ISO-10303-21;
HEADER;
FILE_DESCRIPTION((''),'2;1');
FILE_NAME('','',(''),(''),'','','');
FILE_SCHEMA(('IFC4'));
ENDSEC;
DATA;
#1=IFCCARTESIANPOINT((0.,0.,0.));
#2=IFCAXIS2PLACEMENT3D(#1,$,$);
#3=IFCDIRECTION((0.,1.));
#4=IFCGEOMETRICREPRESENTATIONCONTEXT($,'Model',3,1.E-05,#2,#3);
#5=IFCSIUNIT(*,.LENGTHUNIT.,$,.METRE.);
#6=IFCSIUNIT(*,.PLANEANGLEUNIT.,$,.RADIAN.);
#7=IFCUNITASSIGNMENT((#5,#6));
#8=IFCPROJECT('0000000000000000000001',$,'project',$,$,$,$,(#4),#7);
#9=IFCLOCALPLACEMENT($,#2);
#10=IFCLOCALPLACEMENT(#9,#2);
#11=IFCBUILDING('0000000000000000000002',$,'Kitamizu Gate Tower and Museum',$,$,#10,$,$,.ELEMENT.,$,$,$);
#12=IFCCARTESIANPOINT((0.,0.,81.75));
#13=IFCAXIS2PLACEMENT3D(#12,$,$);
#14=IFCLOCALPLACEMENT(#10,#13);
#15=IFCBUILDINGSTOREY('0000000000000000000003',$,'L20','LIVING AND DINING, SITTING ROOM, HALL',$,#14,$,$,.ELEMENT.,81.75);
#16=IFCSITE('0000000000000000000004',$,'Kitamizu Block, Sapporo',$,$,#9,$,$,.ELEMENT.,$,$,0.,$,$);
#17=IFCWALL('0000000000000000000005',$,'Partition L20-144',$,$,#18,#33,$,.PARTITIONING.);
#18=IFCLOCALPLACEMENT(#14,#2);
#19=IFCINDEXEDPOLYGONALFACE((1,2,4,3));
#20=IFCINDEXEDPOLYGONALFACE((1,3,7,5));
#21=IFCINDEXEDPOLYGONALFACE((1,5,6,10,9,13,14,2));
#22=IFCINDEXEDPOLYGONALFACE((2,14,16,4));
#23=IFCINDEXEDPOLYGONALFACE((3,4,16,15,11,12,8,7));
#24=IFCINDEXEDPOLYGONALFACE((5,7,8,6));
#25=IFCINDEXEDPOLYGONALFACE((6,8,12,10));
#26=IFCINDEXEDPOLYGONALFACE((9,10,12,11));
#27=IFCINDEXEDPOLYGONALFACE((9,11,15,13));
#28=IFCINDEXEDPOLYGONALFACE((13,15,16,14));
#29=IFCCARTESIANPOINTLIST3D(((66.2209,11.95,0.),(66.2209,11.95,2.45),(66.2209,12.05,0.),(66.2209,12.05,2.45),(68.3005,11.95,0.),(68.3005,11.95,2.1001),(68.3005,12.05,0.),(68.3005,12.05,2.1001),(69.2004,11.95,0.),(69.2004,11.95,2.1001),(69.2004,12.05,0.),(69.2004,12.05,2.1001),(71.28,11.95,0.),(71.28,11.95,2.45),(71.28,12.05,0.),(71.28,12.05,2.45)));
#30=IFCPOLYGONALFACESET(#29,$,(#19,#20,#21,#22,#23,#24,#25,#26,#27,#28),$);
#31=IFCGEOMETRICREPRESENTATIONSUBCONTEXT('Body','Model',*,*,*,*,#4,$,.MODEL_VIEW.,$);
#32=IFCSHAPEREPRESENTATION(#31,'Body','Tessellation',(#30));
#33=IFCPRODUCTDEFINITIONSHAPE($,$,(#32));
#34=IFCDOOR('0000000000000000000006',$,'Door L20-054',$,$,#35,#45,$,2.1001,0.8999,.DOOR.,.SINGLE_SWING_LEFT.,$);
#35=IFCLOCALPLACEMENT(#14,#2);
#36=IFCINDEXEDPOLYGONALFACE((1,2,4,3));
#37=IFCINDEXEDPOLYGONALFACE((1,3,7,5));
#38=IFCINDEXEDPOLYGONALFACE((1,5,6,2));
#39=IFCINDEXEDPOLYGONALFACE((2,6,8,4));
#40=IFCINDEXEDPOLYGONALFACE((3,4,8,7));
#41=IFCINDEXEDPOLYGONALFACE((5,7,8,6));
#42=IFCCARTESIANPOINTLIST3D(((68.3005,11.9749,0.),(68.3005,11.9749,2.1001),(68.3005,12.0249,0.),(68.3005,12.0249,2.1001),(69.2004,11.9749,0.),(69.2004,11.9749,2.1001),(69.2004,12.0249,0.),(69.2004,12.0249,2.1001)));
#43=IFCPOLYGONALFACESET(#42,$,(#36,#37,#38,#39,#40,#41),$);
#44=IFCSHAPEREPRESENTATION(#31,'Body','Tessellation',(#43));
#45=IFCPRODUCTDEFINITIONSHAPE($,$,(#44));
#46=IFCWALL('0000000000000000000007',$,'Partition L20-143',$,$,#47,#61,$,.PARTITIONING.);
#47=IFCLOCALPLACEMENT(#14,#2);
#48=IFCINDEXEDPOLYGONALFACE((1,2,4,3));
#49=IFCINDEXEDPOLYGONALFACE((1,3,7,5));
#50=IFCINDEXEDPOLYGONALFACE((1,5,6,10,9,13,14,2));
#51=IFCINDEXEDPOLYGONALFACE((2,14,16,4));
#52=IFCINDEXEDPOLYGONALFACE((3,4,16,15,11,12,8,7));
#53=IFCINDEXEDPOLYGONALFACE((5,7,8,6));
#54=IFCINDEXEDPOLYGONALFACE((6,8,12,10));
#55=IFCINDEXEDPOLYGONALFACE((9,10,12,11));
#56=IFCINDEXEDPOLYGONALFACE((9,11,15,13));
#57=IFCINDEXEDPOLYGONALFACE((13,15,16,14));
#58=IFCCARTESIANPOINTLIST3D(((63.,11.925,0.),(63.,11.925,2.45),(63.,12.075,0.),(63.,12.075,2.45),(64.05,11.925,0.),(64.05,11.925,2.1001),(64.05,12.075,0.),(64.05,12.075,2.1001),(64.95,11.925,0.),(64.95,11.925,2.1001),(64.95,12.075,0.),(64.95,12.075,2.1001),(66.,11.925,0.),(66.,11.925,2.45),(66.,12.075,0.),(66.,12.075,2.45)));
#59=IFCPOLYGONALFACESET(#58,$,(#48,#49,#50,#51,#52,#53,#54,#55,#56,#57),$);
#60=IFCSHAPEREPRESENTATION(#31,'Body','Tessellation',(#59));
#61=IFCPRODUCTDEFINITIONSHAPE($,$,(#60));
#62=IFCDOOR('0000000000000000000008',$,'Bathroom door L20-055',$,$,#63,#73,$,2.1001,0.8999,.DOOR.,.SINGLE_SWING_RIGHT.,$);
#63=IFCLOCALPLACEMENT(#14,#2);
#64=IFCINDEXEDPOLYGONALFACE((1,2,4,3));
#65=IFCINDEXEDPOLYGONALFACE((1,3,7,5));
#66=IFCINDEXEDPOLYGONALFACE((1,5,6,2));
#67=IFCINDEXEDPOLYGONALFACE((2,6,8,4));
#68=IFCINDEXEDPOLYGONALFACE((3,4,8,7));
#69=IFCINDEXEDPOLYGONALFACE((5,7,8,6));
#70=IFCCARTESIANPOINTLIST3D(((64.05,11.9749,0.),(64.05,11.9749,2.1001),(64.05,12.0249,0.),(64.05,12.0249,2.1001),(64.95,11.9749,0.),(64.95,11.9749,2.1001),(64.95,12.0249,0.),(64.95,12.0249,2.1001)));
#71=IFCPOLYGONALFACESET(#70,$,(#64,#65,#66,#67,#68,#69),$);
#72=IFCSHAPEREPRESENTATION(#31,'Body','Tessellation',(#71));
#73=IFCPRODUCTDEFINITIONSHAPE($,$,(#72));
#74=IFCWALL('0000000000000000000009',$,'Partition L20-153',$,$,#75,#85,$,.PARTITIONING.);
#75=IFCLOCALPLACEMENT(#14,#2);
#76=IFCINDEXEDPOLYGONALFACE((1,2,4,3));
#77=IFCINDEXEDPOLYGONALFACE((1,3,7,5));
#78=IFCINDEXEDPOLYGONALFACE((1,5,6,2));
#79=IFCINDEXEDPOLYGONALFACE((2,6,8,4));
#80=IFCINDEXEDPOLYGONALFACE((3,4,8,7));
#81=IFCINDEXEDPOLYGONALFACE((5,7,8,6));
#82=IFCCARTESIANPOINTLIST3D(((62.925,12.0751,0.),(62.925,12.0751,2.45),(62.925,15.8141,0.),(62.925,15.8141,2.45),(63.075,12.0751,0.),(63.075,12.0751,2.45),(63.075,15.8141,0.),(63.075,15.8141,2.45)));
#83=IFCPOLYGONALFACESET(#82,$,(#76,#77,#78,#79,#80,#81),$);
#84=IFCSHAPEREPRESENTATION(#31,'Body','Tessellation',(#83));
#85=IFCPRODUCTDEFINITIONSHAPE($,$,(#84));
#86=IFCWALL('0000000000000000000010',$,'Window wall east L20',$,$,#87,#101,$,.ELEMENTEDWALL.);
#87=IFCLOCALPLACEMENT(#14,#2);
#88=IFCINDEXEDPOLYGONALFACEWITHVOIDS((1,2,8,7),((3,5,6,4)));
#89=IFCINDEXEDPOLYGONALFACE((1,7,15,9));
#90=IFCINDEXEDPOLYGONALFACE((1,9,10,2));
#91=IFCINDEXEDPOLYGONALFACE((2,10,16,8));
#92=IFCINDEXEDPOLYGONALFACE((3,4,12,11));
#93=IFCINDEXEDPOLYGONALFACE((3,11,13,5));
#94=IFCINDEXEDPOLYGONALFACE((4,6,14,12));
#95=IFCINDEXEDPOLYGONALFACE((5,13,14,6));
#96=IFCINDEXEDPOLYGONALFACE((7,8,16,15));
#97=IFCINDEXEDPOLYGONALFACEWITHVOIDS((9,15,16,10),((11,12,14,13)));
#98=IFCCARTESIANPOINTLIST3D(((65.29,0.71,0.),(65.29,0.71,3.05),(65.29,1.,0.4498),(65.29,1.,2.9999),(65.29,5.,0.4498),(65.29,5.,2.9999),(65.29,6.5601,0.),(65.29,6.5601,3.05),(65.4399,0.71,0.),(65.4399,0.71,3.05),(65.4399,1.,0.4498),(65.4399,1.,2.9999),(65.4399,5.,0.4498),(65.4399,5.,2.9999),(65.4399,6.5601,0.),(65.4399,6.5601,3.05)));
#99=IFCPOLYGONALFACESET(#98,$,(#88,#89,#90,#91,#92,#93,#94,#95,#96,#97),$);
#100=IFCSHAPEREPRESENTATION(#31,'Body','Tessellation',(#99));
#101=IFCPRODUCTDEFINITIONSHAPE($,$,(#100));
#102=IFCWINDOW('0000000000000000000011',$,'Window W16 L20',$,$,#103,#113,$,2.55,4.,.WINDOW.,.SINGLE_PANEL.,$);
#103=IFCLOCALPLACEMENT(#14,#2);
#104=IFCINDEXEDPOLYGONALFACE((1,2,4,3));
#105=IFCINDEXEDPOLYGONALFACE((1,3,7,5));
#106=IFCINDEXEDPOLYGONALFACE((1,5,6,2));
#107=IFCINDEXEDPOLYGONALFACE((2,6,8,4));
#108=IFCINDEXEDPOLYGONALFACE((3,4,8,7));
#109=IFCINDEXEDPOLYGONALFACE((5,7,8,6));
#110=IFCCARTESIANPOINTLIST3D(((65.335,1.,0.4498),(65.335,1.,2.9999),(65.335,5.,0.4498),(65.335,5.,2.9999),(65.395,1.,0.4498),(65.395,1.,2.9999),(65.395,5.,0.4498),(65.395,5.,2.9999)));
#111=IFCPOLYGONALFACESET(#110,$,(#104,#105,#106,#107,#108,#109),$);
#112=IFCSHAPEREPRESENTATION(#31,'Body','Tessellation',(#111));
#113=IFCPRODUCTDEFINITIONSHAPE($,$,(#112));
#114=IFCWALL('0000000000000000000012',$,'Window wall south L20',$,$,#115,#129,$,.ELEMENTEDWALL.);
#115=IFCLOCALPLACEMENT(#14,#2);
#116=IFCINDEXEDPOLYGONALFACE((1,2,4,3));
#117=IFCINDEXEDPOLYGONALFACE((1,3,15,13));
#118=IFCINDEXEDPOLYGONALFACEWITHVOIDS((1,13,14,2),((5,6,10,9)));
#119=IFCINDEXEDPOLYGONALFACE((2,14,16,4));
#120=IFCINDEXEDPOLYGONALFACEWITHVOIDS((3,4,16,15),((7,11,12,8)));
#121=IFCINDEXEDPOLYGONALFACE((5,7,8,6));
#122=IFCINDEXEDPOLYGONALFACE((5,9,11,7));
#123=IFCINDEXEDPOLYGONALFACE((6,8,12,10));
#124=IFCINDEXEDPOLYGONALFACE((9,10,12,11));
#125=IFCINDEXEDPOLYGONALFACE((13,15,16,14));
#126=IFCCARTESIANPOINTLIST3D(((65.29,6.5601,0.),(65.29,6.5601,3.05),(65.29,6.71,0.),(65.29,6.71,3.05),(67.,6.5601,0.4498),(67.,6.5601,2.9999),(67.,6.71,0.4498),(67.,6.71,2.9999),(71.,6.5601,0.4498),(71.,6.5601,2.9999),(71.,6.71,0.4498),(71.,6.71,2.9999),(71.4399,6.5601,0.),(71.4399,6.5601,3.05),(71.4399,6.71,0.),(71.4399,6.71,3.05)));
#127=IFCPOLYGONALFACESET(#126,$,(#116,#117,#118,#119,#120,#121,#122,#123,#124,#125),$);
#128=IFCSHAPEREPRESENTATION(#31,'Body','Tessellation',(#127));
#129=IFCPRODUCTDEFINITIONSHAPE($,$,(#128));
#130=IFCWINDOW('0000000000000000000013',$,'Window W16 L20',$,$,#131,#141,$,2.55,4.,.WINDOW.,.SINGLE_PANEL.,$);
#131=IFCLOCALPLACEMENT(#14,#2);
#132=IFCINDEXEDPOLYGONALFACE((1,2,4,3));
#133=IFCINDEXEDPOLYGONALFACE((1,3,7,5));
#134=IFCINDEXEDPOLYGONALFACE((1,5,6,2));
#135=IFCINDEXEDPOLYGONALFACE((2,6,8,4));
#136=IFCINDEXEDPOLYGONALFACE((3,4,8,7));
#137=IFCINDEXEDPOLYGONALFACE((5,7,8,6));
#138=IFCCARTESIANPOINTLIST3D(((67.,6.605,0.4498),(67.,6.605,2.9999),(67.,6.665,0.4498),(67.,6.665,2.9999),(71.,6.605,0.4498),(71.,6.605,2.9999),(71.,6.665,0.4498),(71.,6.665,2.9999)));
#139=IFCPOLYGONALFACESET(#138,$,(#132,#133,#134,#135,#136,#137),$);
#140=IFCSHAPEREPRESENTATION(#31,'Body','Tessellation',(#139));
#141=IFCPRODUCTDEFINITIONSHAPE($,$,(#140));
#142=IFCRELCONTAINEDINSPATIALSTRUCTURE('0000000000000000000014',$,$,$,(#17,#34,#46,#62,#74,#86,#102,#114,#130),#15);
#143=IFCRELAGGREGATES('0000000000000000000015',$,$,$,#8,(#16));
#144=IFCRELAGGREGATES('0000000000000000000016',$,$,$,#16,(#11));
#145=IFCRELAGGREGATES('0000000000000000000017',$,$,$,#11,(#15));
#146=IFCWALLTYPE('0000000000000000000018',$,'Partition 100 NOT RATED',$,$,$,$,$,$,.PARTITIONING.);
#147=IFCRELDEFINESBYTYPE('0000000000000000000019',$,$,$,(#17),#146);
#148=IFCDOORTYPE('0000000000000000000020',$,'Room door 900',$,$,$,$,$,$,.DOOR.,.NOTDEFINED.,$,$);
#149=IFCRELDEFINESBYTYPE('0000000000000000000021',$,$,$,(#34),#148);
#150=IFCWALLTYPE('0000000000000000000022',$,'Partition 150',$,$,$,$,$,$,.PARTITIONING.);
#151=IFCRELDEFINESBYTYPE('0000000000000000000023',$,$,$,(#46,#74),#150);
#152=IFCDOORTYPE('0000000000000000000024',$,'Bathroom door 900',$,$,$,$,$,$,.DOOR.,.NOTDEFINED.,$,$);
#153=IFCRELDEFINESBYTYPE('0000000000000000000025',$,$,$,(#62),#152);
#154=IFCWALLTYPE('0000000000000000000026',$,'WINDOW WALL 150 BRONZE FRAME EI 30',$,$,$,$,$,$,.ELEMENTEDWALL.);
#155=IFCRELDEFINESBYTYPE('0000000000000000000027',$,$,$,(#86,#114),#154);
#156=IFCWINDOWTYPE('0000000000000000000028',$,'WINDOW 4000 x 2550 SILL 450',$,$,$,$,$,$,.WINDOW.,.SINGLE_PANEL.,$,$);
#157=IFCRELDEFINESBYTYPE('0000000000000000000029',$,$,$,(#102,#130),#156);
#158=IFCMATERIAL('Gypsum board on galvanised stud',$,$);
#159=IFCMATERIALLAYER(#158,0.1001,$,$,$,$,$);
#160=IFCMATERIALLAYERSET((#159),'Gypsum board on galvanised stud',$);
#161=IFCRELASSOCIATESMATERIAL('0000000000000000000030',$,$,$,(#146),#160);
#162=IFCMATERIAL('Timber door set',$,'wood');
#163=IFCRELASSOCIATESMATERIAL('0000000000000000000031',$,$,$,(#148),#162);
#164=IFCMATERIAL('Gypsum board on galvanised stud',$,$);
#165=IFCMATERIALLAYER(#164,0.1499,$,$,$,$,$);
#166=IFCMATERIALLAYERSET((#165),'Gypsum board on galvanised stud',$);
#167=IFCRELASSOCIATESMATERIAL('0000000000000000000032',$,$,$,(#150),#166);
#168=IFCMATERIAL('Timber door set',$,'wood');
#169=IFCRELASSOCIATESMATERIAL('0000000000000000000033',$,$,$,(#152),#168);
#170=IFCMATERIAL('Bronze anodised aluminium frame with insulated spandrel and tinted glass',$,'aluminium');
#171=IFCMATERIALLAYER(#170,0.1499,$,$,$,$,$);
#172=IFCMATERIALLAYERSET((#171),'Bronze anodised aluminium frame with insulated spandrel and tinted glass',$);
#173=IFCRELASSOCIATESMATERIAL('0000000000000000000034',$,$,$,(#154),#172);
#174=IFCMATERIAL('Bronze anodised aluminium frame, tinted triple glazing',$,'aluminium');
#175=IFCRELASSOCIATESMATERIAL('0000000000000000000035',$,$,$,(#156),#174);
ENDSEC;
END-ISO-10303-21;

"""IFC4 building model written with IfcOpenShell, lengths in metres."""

from ifc_helpers import new_model, si_unit, direction, frame, frame_2d, origin, place, context, subcontext, project, spatial, rectangle, extrude, material, layer, layer_set, type_object, element, fill, save


model = new_model("IFC4")

# Units and contexts
model_context = context("Model", 3, precision=1e-05, world=origin(), true_north=direction((0.0, 1.0)))
body_context = subcontext(model_context, "Body", "Model", "MODEL_VIEW")
ifc_project = project(units=[si_unit("LENGTHUNIT", "METRE"), si_unit("PLANEANGLEUNIT", "RADIAN")], contexts=[model_context])

# Site, building, storey
site_placement = place(None, origin())
site = spatial("IfcSite", under=ifc_project, at=site_placement, Name="Kitamizu Block, Sapporo", CompositionType="ELEMENT", RefElevation=0.0)
building_placement = place(site_placement, origin())
building = spatial("IfcBuilding", under=site, at=building_placement, Name="Kitamizu Gate Tower and Museum", CompositionType="ELEMENT")
storey_placement = place(building_placement, frame((0.0, 0.0, 81.75)))
storey = spatial("IfcBuildingStorey", under=building, at=storey_placement, Name="L20", Description="LIVING AND DINING, SITTING ROOM, HALL", CompositionType="ELEMENT", Elevation=81.75)

# Shared definitions
ifc_material_1 = material(Name="Gypsum board on galvanised stud")
ifc_layer_1 = layer(ifc_material_1, 0.1001)
ifc_layer_set_1 = layer_set([ifc_layer_1], Name="Gypsum board on galvanised stud")
wall_type_1 = type_object("IfcWallType", Name="Partition 100 NOT RATED", PredefinedType="PARTITIONING", material=ifc_layer_set_1)
ifc_material_2 = material(Name="Timber door set", Category="wood")
door_type_1 = type_object("IfcDoorType", Name="Room door 900", OperationType="NOTDEFINED", PredefinedType="DOOR", material=ifc_material_2)

# Walls, openings, doors
wall_1_placement = place(storey_placement, frame((71.28, 12.0, 0.0), z_axis=(0.0, 0.0, 1.0), x_axis=(-1.0, 0.0, 0.0)))
wall_1 = element("IfcWall", 1, at=wall_1_placement, inside=storey, type_object=wall_type_1, Name="Partition L20-144", PredefinedType="PARTITIONING", context=body_context, shape_type="SweptSolid", body=[
    extrude(rectangle(XDim=5.0591, YDim=0.1001, at=frame_2d((2.5295, 0.0))), origin(), (0.0, 0.0, 1.0), 2.45),
])
opening_1_placement = place(wall_1_placement, frame((2.0796, 0.0, 0.0)))
opening_1 = element("IfcOpeningElement", 2, at=opening_1_placement, cuts=wall_1, PredefinedType="OPENING", context=body_context, shape_type="SweptSolid", body=[
    extrude(rectangle(XDim=0.8999, YDim=2.1001, at=frame_2d((0.45, 1.05))), frame((0.0, 0.0601, 0.0), z_axis=(0.0, -1.0, 0.0), x_axis=(1.0, 0.0, 0.0)), (0.0, 0.0, 1.0), 0.1201),
])
door_1_placement = place(opening_1_placement, frame((0.8999, 0.0, 0.0), x_axis=(-1.0, 0.0, 0.0)))
door_1 = element("IfcDoor", 3, at=door_1_placement, inside=storey, type_object=door_type_1, Name="Door L20-054", OperationType="SINGLE_SWING_LEFT", OverallHeight=2.1001, OverallWidth=0.8999, PredefinedType="DOOR", context=body_context, shape_type="SweptSolid", body=[
    extrude(rectangle(XDim=0.8999, YDim=2.1001, at=frame_2d((0.45, 1.05))), frame((0.0, 0.0249, 0.0), z_axis=(0.0, -1.0, 0.0), x_axis=(1.0, 0.0, 0.0)), (0.0, 0.0, 1.0), 0.05),
])
fill(opening_1, door_1)
ifc_material_3 = material(Name="Gypsum board on galvanised stud")
ifc_layer_2 = layer(ifc_material_3, 0.1499)
ifc_layer_set_2 = layer_set([ifc_layer_2], Name="Gypsum board on galvanised stud")
wall_type_2 = type_object("IfcWallType", Name="Partition 150", PredefinedType="PARTITIONING", material=ifc_layer_set_2)
wall_2_placement = place(storey_placement, frame((66.0, 12.0, 0.0), z_axis=(0.0, 0.0, 1.0), x_axis=(-1.0, 0.0, 0.0)))
wall_2 = element("IfcWall", 4, at=wall_2_placement, inside=storey, type_object=wall_type_2, Name="Partition L20-143", PredefinedType="PARTITIONING", context=body_context, shape_type="SweptSolid", body=[
    extrude(rectangle(XDim=3.0, YDim=0.1499, at=frame_2d((1.5, 0.0))), origin(), (0.0, 0.0, 1.0), 2.45),
])
opening_2_placement = place(wall_2_placement, frame((1.05, 0.0, 0.0)))
opening_2 = element("IfcOpeningElement", 5, at=opening_2_placement, cuts=wall_2, PredefinedType="OPENING", context=body_context, shape_type="SweptSolid", body=[
    extrude(rectangle(XDim=0.8999, YDim=2.1001, at=frame_2d((0.45, 1.05))), frame((0.0, 0.085, 0.0), z_axis=(0.0, -1.0, 0.0), x_axis=(1.0, 0.0, 0.0)), (0.0, 0.0, 1.0), 0.1699),
])
ifc_material_4 = material(Name="Timber door set", Category="wood")
door_type_2 = type_object("IfcDoorType", Name="Bathroom door 900", OperationType="NOTDEFINED", PredefinedType="DOOR", material=ifc_material_4)
door_2_placement = place(opening_2_placement, frame((0.8999, 0.0, 0.0), x_axis=(-1.0, 0.0, 0.0)))
door_2 = element("IfcDoor", 6, at=door_2_placement, inside=storey, type_object=door_type_2, Name="Bathroom door L20-055", OperationType="SINGLE_SWING_RIGHT", OverallHeight=2.1001, OverallWidth=0.8999, PredefinedType="DOOR", context=body_context, shape_type="SweptSolid", body=[
    extrude(rectangle(XDim=0.8999, YDim=2.1001, at=frame_2d((0.45, 1.05))), frame((0.0, 0.0249, 0.0), z_axis=(0.0, -1.0, 0.0), x_axis=(1.0, 0.0, 0.0)), (0.0, 0.0, 1.0), 0.05),
])
fill(opening_2, door_2)

# Wall
wall_3_placement = place(storey_placement, frame((63.0, 12.075, 0.0), z_axis=(0.0, 0.0, 1.0), x_axis=(0.0, 1.0, 0.0)))
element("IfcWall", 7, at=wall_3_placement, inside=storey, type_object=wall_type_2, Name="Partition L20-153", PredefinedType="PARTITIONING", context=body_context, shape_type="SweptSolid", body=[
    extrude(rectangle(XDim=3.739, YDim=0.1499, at=frame_2d((1.8696, 0.0))), origin(), (0.0, 0.0, 1.0), 2.45),
])

# Walls, openings, windows
ifc_material_5 = material(Name="Bronze anodised aluminium frame with insulated spandrel and tinted glass", Category="aluminium")
ifc_layer_3 = layer(ifc_material_5, 0.1499)
ifc_layer_set_3 = layer_set([ifc_layer_3], Name="Bronze anodised aluminium frame with insulated spandrel and tinted glass")
wall_type_3 = type_object("IfcWallType", Name="WINDOW WALL 150 BRONZE FRAME EI 30", PredefinedType="ELEMENTEDWALL", material=ifc_layer_set_3)
wall_4_placement = place(storey_placement, frame((65.365, 0.71, 0.0), z_axis=(0.0, 0.0, 1.0), x_axis=(0.0, 1.0, 0.0)))
wall_4 = element("IfcWall", 8, at=wall_4_placement, inside=storey, type_object=wall_type_3, Name="Window wall east L20", PredefinedType="ELEMENTEDWALL", context=body_context, shape_type="SweptSolid", body=[
    extrude(rectangle(XDim=5.8501, YDim=0.1499, at=frame_2d((2.925, 0.0))), origin(), (0.0, 0.0, 1.0), 3.05),
])
opening_3_placement = place(wall_4_placement, frame((0.29, 0.0, 0.45)))
opening_3 = element("IfcOpeningElement", 9, at=opening_3_placement, cuts=wall_4, PredefinedType="OPENING", context=body_context, shape_type="SweptSolid", body=[
    extrude(rectangle(XDim=4.0, YDim=2.55, at=frame_2d((2.0, 1.2749))), frame((0.0, 0.085, 0.0), z_axis=(0.0, -1.0, 0.0), x_axis=(1.0, 0.0, 0.0)), (0.0, 0.0, 1.0), 0.1699),
])
ifc_material_6 = material(Name="Bronze anodised aluminium frame, tinted triple glazing", Category="aluminium")
window_type_1 = type_object("IfcWindowType", Name="WINDOW 4000 x 2550 SILL 450", PartitioningType="SINGLE_PANEL", PredefinedType="WINDOW", material=ifc_material_6)
window_1_placement = place(opening_3_placement, origin())
window_1 = element("IfcWindow", 10, at=window_1_placement, inside=storey, type_object=window_type_1, Name="Window W16 L20", OverallHeight=2.55, OverallWidth=4.0, PartitioningType="SINGLE_PANEL", PredefinedType="WINDOW", context=body_context, shape_type="SweptSolid", body=[
    extrude(rectangle(XDim=4.0, YDim=2.55, at=frame_2d((2.0, 1.2749))), frame((0.0, 0.03, 0.0), z_axis=(0.0, -1.0, 0.0), x_axis=(1.0, 0.0, 0.0)), (0.0, 0.0, 1.0), 0.0601),
])
fill(opening_3, window_1)
wall_5_placement = place(storey_placement, frame((65.29, 6.635, 0.0), z_axis=(0.0, 0.0, 1.0), x_axis=(1.0, 0.0, 0.0)))
wall_5 = element("IfcWall", 11, at=wall_5_placement, inside=storey, type_object=wall_type_3, Name="Window wall south L20", PredefinedType="ELEMENTEDWALL", context=body_context, shape_type="SweptSolid", body=[
    extrude(rectangle(XDim=6.1499, YDim=0.1499, at=frame_2d((3.075, 0.0))), origin(), (0.0, 0.0, 1.0), 3.05),
])
opening_4_placement = place(wall_5_placement, frame((1.71, 0.0, 0.45)))
opening_4 = element("IfcOpeningElement", 12, at=opening_4_placement, cuts=wall_5, PredefinedType="OPENING", context=body_context, shape_type="SweptSolid", body=[
    extrude(rectangle(XDim=4.0, YDim=2.55, at=frame_2d((2.0, 1.2749))), frame((0.0, 0.085, 0.0), z_axis=(0.0, -1.0, 0.0), x_axis=(1.0, 0.0, 0.0)), (0.0, 0.0, 1.0), 0.1699),
])
window_2_placement = place(opening_4_placement, origin())
window_2 = element("IfcWindow", 13, at=window_2_placement, inside=storey, type_object=window_type_1, Name="Window W16 L20", OverallHeight=2.55, OverallWidth=4.0, PartitioningType="SINGLE_PANEL", PredefinedType="WINDOW", context=body_context, shape_type="SweptSolid", body=[
    extrude(rectangle(XDim=4.0, YDim=2.55, at=frame_2d((2.0, 1.2749))), frame((0.0, 0.03, 0.0), z_axis=(0.0, -1.0, 0.0), x_axis=(1.0, 0.0, 0.0)), (0.0, 0.0, 1.0), 0.0601),
])
fill(opening_4, window_2)

save(model, "model.ifc")
